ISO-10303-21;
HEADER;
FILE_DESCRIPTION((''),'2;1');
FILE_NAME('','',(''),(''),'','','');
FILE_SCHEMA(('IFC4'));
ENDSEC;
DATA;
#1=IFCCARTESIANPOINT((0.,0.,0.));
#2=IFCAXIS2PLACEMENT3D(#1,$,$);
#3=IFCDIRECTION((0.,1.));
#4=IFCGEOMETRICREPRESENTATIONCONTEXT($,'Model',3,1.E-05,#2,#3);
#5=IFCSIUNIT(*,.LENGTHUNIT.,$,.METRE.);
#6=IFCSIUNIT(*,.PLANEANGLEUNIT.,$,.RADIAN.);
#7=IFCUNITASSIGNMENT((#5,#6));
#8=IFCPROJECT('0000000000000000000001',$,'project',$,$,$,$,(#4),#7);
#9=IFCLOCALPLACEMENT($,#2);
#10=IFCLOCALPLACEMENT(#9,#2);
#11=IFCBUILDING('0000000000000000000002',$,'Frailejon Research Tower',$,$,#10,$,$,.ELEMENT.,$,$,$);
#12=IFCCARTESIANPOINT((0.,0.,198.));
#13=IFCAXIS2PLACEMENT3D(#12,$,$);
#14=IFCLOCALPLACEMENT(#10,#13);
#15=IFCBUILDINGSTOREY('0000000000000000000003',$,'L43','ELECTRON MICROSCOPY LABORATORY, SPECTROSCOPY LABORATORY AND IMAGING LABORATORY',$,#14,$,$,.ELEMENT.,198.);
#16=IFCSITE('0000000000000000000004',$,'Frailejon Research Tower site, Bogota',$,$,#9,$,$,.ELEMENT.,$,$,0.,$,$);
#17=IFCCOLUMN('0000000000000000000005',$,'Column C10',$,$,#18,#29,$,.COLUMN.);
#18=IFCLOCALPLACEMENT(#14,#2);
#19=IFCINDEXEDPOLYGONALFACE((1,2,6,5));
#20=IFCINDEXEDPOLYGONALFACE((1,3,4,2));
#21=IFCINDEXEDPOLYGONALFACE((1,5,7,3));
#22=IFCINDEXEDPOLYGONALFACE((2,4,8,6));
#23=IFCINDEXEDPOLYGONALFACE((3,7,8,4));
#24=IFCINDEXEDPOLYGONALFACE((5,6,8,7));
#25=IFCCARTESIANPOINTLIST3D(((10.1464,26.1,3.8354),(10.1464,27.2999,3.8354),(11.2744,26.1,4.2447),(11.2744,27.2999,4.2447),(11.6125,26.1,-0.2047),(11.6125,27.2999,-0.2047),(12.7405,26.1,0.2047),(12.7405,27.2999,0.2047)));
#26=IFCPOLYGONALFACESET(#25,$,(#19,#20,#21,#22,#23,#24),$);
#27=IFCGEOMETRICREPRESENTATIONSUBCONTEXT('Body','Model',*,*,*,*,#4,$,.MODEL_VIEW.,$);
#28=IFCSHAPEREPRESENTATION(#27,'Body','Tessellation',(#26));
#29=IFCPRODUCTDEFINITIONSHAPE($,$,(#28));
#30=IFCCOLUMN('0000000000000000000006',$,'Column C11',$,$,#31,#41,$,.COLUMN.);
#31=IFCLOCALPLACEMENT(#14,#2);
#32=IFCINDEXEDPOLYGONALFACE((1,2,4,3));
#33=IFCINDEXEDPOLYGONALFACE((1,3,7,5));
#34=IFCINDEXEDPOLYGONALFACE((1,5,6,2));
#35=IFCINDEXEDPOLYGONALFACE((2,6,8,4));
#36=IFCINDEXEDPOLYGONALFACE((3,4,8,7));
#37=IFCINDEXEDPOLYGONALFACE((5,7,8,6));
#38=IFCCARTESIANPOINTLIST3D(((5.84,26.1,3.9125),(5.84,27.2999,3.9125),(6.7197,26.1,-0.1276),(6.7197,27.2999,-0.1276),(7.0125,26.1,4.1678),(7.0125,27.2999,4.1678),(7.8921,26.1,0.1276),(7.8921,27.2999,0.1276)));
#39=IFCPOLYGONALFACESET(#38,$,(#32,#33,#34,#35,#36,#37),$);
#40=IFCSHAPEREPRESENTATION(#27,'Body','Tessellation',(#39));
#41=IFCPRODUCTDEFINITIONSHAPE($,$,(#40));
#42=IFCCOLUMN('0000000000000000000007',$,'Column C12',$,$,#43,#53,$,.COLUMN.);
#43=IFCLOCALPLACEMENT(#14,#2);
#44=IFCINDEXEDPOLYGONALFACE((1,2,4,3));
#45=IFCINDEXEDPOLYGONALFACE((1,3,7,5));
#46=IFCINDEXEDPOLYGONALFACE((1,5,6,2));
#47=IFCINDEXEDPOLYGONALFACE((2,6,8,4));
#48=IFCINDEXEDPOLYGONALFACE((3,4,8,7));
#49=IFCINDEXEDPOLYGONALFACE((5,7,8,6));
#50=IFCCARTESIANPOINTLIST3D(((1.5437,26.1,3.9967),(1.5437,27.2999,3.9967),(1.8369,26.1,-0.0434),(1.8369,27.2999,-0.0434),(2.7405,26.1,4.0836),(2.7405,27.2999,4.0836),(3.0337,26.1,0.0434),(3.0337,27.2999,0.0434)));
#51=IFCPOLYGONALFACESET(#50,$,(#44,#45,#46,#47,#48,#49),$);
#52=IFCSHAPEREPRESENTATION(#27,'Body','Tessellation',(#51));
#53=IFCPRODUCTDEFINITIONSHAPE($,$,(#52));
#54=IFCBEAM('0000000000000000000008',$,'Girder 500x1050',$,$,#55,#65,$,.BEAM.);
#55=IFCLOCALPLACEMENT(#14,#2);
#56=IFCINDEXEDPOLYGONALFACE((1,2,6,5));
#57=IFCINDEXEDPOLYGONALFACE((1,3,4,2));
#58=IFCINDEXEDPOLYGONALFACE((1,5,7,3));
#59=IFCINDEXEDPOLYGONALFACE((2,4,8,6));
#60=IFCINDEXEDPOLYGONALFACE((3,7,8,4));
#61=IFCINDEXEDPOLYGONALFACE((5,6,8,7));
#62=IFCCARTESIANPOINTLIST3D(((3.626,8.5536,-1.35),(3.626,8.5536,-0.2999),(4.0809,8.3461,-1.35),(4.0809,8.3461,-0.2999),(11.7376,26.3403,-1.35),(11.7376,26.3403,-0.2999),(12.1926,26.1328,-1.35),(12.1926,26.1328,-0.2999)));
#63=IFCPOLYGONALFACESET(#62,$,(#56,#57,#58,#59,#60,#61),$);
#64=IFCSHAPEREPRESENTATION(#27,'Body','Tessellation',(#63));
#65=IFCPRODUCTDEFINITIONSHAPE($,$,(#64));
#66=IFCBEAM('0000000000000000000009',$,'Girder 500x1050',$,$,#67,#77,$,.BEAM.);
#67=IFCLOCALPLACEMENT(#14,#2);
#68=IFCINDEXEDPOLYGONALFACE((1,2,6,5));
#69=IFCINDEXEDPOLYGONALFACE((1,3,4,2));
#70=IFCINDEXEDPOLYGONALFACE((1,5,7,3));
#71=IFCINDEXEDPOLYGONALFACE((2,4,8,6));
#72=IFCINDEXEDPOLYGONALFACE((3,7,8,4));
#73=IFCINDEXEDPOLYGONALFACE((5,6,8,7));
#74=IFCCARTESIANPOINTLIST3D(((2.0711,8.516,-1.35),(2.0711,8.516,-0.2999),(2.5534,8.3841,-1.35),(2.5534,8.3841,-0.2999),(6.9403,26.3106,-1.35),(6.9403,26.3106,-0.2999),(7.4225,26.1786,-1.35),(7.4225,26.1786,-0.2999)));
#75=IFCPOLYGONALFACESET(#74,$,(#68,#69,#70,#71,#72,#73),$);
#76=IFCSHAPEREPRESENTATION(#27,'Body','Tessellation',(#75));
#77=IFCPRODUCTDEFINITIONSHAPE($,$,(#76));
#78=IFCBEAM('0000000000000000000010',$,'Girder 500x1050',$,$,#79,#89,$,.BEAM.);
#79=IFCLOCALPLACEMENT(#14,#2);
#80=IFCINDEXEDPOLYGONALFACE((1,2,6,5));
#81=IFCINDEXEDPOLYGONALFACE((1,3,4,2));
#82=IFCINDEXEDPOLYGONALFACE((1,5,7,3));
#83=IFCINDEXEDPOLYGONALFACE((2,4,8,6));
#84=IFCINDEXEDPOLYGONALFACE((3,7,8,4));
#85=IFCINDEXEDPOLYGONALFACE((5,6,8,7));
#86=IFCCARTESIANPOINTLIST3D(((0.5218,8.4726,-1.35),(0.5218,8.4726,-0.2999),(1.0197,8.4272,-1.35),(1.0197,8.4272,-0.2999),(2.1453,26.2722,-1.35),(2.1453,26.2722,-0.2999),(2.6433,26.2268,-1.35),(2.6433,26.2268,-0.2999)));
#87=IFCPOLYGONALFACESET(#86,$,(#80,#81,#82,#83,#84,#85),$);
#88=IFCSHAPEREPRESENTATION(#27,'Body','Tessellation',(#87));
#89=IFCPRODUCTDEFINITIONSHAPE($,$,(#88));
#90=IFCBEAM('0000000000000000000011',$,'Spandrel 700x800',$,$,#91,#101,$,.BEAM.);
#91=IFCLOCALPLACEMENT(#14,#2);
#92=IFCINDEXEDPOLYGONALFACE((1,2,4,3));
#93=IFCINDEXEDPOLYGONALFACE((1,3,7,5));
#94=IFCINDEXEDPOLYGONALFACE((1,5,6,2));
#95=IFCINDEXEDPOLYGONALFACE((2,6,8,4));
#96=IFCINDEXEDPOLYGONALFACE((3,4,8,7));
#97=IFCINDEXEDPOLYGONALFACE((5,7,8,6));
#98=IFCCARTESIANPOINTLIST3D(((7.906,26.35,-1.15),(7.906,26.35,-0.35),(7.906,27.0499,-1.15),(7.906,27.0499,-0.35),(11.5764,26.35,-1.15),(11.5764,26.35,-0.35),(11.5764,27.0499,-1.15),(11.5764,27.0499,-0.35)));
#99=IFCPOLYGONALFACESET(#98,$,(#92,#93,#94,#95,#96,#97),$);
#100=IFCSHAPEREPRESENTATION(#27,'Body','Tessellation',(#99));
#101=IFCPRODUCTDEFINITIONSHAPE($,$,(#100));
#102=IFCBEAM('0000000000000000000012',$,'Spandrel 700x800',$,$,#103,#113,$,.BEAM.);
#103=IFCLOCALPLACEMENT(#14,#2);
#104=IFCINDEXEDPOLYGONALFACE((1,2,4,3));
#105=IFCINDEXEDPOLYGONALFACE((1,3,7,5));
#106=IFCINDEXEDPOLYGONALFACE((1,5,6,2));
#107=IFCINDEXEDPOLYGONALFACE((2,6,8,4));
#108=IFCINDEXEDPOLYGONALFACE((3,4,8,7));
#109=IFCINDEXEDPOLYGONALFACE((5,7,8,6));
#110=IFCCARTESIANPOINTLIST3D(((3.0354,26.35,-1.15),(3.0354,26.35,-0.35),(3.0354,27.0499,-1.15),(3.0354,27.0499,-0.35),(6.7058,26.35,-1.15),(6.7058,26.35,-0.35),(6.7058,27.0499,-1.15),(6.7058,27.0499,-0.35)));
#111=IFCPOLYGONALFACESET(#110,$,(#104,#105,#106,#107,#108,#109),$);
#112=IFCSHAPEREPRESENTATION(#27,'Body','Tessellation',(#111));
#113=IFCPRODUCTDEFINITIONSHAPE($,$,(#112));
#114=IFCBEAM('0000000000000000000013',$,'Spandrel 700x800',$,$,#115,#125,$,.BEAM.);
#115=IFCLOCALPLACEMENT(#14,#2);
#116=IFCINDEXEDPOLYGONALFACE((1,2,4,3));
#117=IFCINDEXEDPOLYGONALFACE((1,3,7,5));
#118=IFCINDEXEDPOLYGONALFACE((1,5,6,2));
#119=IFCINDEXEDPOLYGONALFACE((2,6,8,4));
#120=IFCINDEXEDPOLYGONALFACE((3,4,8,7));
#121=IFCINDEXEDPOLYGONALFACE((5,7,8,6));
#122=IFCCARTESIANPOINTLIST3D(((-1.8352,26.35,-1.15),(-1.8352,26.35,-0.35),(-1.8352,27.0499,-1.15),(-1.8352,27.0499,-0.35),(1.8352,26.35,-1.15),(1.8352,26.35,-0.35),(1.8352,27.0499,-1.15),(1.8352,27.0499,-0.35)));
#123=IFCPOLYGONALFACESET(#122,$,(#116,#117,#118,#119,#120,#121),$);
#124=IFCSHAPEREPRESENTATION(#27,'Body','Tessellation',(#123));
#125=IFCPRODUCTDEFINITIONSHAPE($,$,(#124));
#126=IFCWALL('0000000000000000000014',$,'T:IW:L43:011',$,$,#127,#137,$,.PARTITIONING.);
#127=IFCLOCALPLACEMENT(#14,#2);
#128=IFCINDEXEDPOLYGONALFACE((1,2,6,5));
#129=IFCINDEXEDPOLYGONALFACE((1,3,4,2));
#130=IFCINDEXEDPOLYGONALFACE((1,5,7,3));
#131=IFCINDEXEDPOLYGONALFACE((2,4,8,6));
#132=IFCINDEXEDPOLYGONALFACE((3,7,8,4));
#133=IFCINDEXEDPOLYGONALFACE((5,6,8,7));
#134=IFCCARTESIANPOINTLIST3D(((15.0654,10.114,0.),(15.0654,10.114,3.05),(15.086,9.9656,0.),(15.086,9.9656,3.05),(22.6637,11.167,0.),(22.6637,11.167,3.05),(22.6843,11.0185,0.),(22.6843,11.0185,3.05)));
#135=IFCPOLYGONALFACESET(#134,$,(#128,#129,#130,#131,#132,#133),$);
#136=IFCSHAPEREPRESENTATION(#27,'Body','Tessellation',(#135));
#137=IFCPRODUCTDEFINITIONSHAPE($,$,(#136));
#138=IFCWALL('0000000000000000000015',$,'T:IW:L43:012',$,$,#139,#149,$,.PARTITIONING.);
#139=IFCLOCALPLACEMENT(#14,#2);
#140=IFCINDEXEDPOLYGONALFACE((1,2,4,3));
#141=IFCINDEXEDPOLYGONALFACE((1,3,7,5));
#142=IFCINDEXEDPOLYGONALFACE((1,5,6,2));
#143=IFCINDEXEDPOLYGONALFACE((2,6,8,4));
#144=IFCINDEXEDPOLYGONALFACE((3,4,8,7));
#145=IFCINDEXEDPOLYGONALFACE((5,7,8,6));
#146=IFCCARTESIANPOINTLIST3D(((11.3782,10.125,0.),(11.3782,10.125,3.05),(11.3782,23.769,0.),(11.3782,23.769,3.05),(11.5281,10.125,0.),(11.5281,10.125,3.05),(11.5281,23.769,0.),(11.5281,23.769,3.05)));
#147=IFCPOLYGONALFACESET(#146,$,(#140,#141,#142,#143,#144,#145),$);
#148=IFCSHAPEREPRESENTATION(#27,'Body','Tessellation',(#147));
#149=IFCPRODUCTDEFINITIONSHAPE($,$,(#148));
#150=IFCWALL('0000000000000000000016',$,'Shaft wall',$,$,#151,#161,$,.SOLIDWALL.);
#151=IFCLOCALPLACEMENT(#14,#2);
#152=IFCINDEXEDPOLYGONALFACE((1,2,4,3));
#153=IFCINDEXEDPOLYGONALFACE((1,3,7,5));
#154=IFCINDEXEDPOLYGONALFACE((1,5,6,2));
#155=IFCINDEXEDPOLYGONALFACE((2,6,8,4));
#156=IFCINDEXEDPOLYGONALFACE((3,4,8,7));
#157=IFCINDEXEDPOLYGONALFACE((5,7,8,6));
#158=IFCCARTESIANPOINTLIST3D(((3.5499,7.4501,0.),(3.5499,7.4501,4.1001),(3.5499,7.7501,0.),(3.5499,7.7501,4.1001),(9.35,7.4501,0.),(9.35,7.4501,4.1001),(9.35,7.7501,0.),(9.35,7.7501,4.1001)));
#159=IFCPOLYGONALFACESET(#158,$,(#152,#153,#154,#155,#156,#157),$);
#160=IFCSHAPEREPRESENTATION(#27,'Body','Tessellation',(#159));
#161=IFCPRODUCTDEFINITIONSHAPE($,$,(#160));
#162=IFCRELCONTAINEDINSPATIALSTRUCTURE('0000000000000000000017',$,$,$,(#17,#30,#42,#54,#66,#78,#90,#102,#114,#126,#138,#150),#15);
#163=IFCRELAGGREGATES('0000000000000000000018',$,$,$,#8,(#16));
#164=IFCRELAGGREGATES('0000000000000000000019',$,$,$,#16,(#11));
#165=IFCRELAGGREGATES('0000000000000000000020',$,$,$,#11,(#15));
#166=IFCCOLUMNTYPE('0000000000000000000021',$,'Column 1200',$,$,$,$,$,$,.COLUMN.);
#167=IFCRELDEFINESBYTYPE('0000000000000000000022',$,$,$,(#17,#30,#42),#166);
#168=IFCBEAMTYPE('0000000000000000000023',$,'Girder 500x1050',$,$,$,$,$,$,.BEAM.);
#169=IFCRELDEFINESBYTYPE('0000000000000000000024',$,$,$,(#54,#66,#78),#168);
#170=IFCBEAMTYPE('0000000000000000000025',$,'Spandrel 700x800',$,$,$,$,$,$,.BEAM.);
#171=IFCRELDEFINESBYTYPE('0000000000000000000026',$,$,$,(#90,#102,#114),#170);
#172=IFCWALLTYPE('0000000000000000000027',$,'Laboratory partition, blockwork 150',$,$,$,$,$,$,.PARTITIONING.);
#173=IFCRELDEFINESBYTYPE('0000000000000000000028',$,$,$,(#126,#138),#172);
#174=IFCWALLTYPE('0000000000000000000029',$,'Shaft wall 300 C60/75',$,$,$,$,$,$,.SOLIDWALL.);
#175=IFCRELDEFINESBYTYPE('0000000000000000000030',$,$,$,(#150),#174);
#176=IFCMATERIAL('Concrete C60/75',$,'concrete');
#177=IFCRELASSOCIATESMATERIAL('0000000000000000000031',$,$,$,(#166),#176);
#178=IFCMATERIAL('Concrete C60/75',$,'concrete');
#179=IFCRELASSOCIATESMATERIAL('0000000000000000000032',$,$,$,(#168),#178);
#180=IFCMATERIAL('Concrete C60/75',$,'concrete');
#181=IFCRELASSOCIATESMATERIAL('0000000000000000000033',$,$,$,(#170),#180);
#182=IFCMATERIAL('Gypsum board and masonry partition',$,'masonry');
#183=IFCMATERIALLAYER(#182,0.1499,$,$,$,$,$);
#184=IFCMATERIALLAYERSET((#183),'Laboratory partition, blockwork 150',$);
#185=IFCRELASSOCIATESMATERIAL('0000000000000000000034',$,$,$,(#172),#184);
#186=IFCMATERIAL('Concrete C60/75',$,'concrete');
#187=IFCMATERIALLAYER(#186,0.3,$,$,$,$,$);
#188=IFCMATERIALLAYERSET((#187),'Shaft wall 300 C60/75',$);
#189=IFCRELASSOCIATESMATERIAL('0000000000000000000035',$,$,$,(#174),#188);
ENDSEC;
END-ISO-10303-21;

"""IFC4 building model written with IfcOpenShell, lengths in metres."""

from ifc_helpers import new_model, si_unit, direction, frame, frame_2d, origin, origin_2d, place, context, subcontext, project, spatial, rectangle, extrude, material, layer, layer_set, material_profile, profile_set, type_object, element, save


model = new_model("IFC4")

# Units and contexts
model_context = context("Model", 3, precision=1e-05, world=origin(), true_north=direction((0.0, 1.0)))
body_context = subcontext(model_context, "Body", "Model", "MODEL_VIEW")
ifc_project = project(units=[si_unit("LENGTHUNIT", "METRE"), si_unit("PLANEANGLEUNIT", "RADIAN")], contexts=[model_context])

# Site, building, storey
site_placement = place(None, origin())
site = spatial("IfcSite", under=ifc_project, at=site_placement, Name="Frailejon Research Tower site, Bogota", CompositionType="ELEMENT", RefElevation=0.0)
building_placement = place(site_placement, origin())
building = spatial("IfcBuilding", under=site, at=building_placement, Name="Frailejon Research Tower", CompositionType="ELEMENT")
storey_placement = place(building_placement, frame((0.0, 0.0, 198.0)))
storey = spatial("IfcBuildingStorey", under=building, at=storey_placement, Name="L43", Description="ELECTRON MICROSCOPY LABORATORY, SPECTROSCOPY LABORATORY AND IMAGING LABORATORY", CompositionType="ELEMENT", Elevation=198.0)

# Columns
ifc_material_1 = material(Name="Concrete C60/75", Category="concrete")
ifc_material_profile_1 = material_profile(ifc_material_1, rectangle(XDim=1.2, YDim=1.2, at=origin_2d()), Name="Column 1200")
ifc_profile_set_1 = profile_set([ifc_material_profile_1], Name="Concrete C60/75")
column_type = type_object("IfcColumnType", Name="Column 1200", PredefinedType="COLUMN", material=ifc_profile_set_1)
column_1_placement = place(storey_placement, frame((12.1765, 26.7, 0.0), z_axis=(-0.341118, 0.0, 0.94002), x_axis=(-0.94002, 0.0, -0.341118)))
element("IfcColumn", 1, at=column_1_placement, inside=storey, type_object=column_type, Name="Column C10", PredefinedType="COLUMN", context=body_context, shape_type="SweptSolid", body=[
    extrude(rectangle(XDim=1.2, YDim=1.2, at=origin_2d()), origin(), (0.0, 0.0, 1.0), 4.2979),
])
column_2_placement = place(storey_placement, frame((7.3059, 26.7, 0.0), z_axis=(-0.212746, 0.0, 0.977108), x_axis=(-0.977108, 0.0, -0.212746)))
element("IfcColumn", 2, at=column_2_placement, inside=storey, type_object=column_type, Name="Column C11", PredefinedType="COLUMN", context=body_context, shape_type="SweptSolid", body=[
    extrude(rectangle(XDim=1.2, YDim=1.2, at=origin_2d()), origin(), (0.0, 0.0, 1.0), 4.1348),
])
column_3_placement = place(storey_placement, frame((2.4353, 26.7, 0.0), z_axis=(-0.072386, 0.0, 0.997377), x_axis=(-0.997377, 0.0, -0.072386)))
element("IfcColumn", 3, at=column_3_placement, inside=storey, type_object=column_type, Name="Column C12", PredefinedType="COLUMN", context=body_context, shape_type="SweptSolid", body=[
    extrude(rectangle(XDim=1.2, YDim=1.2, at=origin_2d()), origin(), (0.0, 0.0, 1.0), 4.0508),
])

# Beams
ifc_material_2 = material(Name="Concrete C60/75", Category="concrete")
ifc_material_profile_2 = material_profile(ifc_material_2, rectangle(XDim=0.5, YDim=1.05, at=origin_2d()), Name="Girder 500x1050")
ifc_profile_set_2 = profile_set([ifc_material_profile_2], Name="Concrete C60/75")
beam_type_1 = type_object("IfcBeamType", Name="Girder 500x1050", PredefinedType="BEAM", material=ifc_profile_set_2)
beam_1_placement = place(storey_placement, frame((11.9651, 26.2366, -0.825), z_axis=(-0.414936, -0.90985, 0.0), x_axis=(0.90985, -0.414936, 0.0)))
element("IfcBeam", 4, at=beam_1_placement, inside=storey, type_object=beam_type_1, Name="Girder 500x1050", PredefinedType="BEAM", context=body_context, shape_type="SweptSolid", body=[
    extrude(rectangle(XDim=0.5, YDim=1.05, at=origin_2d()), origin(), (0.0, 0.0, 1.0), 19.5491),
])
beam_2_placement = place(storey_placement, frame((7.1814, 26.2446, -0.825), z_axis=(-0.263927, -0.964543, 0.0), x_axis=(0.964543, -0.263927, 0.0)))
element("IfcBeam", 5, at=beam_2_placement, inside=storey, type_object=beam_type_1, Name="Girder 500x1050", PredefinedType="BEAM", context=body_context, shape_type="SweptSolid", body=[
    extrude(rectangle(XDim=0.5, YDim=1.05, at=origin_2d()), origin(), (0.0, 0.0, 1.0), 18.4487),
])
beam_3_placement = place(storey_placement, frame((2.3943, 26.2495, -0.825), z_axis=(-0.090835, -0.995866, 0.0), x_axis=(0.995866, -0.090835, 0.0)))
element("IfcBeam", 6, at=beam_3_placement, inside=storey, type_object=beam_type_1, Name="Girder 500x1050", PredefinedType="BEAM", context=body_context, shape_type="SweptSolid", body=[
    extrude(rectangle(XDim=0.5, YDim=1.05, at=origin_2d()), origin(), (0.0, 0.0, 1.0), 17.8735),
])
ifc_material_3 = material(Name="Concrete C60/75", Category="concrete")
ifc_material_profile_3 = material_profile(ifc_material_3, rectangle(XDim=0.7, YDim=0.8, at=origin_2d()), Name="Spandrel 700x800")
ifc_profile_set_3 = profile_set([ifc_material_profile_3], Name="Concrete C60/75")
beam_type_2 = type_object("IfcBeamType", Name="Spandrel 700x800", PredefinedType="BEAM", material=ifc_profile_set_3)
for number, where, z_axis, x_axis, name in (
    (7, (11.5764, 26.7, -0.75), (-1.0, 0.0, 0.0), (0.0, -1.0, 0.0), "Spandrel 700x800"),
    (8, (6.7058, 26.7, -0.75), (-1.0, 0.0, 0.0), (0.0, -1.0, 0.0), "Spandrel 700x800"),
    (9, (1.8352, 26.7, -0.75), (-1.0, 0.0, 0.0), (0.0, -1.0, 0.0), "Spandrel 700x800"),
):
    element("IfcBeam", number, at=place(storey_placement, frame(where, z_axis=z_axis, x_axis=x_axis)), inside=storey, type_object=beam_type_2, Name=name, PredefinedType="BEAM", context=body_context, shape_type="SweptSolid", body=[
        extrude(rectangle(XDim=0.7, YDim=0.8, at=origin_2d()), origin(), (0.0, 0.0, 1.0), 3.6704),
    ])

# Walls
ifc_material_4 = material(Name="Gypsum board and masonry partition", Category="masonry")
ifc_layer_1 = layer(ifc_material_4, 0.1499)
ifc_layer_set_1 = layer_set([ifc_layer_1], Name="Laboratory partition, blockwork 150")
wall_type_1 = type_object("IfcWallType", Name="Laboratory partition, blockwork 150", PredefinedType="PARTITIONING", material=ifc_layer_set_1)
wall_1_placement = place(storey_placement, frame((15.0757, 10.0398, 0.0), z_axis=(0.0, 0.0, 1.0), x_axis=(0.990534, 0.137267, 0.0)))
element("IfcWall", 10, at=wall_1_placement, inside=storey, type_object=wall_type_1, Name="T:IW:L43:011", PredefinedType="PARTITIONING", context=body_context, shape_type="SweptSolid", body=[
    extrude(rectangle(XDim=7.6709, YDim=0.1499, at=frame_2d((3.8354, 0.0))), origin(), (0.0, 0.0, 1.0), 3.05),
])
wall_2_placement = place(storey_placement, frame((11.4531, 10.125, 0.0), z_axis=(0.0, 0.0, 1.0), x_axis=(0.0, 1.0, 0.0)))
element("IfcWall", 11, at=wall_2_placement, inside=storey, type_object=wall_type_1, Name="T:IW:L43:012", PredefinedType="PARTITIONING", context=body_context, shape_type="SweptSolid", body=[
    extrude(rectangle(XDim=13.644, YDim=0.1499, at=frame_2d((6.822, 0.0))), origin(), (0.0, 0.0, 1.0), 3.05),
])
ifc_material_5 = material(Name="Concrete C60/75", Category="concrete")
ifc_layer_2 = layer(ifc_material_5, 0.3)
ifc_layer_set_2 = layer_set([ifc_layer_2], Name="Shaft wall 300 C60/75")
wall_type_2 = type_object("IfcWallType", Name="Shaft wall 300 C60/75", PredefinedType="SOLIDWALL", material=ifc_layer_set_2)
wall_3_placement = place(storey_placement, frame((3.55, 7.6001, 0.0), z_axis=(0.0, 0.0, 1.0), x_axis=(1.0, 0.0, 0.0)))
element("IfcWall", 12, at=wall_3_placement, inside=storey, type_object=wall_type_2, Name="Shaft wall", PredefinedType="SOLIDWALL", context=body_context, shape_type="SweptSolid", body=[
    extrude(rectangle(XDim=5.8, YDim=0.3, at=frame_2d((2.8999, 0.0))), origin(), (0.0, 0.0, 1.0), 4.1001),
])

save(model, "model.ifc")
